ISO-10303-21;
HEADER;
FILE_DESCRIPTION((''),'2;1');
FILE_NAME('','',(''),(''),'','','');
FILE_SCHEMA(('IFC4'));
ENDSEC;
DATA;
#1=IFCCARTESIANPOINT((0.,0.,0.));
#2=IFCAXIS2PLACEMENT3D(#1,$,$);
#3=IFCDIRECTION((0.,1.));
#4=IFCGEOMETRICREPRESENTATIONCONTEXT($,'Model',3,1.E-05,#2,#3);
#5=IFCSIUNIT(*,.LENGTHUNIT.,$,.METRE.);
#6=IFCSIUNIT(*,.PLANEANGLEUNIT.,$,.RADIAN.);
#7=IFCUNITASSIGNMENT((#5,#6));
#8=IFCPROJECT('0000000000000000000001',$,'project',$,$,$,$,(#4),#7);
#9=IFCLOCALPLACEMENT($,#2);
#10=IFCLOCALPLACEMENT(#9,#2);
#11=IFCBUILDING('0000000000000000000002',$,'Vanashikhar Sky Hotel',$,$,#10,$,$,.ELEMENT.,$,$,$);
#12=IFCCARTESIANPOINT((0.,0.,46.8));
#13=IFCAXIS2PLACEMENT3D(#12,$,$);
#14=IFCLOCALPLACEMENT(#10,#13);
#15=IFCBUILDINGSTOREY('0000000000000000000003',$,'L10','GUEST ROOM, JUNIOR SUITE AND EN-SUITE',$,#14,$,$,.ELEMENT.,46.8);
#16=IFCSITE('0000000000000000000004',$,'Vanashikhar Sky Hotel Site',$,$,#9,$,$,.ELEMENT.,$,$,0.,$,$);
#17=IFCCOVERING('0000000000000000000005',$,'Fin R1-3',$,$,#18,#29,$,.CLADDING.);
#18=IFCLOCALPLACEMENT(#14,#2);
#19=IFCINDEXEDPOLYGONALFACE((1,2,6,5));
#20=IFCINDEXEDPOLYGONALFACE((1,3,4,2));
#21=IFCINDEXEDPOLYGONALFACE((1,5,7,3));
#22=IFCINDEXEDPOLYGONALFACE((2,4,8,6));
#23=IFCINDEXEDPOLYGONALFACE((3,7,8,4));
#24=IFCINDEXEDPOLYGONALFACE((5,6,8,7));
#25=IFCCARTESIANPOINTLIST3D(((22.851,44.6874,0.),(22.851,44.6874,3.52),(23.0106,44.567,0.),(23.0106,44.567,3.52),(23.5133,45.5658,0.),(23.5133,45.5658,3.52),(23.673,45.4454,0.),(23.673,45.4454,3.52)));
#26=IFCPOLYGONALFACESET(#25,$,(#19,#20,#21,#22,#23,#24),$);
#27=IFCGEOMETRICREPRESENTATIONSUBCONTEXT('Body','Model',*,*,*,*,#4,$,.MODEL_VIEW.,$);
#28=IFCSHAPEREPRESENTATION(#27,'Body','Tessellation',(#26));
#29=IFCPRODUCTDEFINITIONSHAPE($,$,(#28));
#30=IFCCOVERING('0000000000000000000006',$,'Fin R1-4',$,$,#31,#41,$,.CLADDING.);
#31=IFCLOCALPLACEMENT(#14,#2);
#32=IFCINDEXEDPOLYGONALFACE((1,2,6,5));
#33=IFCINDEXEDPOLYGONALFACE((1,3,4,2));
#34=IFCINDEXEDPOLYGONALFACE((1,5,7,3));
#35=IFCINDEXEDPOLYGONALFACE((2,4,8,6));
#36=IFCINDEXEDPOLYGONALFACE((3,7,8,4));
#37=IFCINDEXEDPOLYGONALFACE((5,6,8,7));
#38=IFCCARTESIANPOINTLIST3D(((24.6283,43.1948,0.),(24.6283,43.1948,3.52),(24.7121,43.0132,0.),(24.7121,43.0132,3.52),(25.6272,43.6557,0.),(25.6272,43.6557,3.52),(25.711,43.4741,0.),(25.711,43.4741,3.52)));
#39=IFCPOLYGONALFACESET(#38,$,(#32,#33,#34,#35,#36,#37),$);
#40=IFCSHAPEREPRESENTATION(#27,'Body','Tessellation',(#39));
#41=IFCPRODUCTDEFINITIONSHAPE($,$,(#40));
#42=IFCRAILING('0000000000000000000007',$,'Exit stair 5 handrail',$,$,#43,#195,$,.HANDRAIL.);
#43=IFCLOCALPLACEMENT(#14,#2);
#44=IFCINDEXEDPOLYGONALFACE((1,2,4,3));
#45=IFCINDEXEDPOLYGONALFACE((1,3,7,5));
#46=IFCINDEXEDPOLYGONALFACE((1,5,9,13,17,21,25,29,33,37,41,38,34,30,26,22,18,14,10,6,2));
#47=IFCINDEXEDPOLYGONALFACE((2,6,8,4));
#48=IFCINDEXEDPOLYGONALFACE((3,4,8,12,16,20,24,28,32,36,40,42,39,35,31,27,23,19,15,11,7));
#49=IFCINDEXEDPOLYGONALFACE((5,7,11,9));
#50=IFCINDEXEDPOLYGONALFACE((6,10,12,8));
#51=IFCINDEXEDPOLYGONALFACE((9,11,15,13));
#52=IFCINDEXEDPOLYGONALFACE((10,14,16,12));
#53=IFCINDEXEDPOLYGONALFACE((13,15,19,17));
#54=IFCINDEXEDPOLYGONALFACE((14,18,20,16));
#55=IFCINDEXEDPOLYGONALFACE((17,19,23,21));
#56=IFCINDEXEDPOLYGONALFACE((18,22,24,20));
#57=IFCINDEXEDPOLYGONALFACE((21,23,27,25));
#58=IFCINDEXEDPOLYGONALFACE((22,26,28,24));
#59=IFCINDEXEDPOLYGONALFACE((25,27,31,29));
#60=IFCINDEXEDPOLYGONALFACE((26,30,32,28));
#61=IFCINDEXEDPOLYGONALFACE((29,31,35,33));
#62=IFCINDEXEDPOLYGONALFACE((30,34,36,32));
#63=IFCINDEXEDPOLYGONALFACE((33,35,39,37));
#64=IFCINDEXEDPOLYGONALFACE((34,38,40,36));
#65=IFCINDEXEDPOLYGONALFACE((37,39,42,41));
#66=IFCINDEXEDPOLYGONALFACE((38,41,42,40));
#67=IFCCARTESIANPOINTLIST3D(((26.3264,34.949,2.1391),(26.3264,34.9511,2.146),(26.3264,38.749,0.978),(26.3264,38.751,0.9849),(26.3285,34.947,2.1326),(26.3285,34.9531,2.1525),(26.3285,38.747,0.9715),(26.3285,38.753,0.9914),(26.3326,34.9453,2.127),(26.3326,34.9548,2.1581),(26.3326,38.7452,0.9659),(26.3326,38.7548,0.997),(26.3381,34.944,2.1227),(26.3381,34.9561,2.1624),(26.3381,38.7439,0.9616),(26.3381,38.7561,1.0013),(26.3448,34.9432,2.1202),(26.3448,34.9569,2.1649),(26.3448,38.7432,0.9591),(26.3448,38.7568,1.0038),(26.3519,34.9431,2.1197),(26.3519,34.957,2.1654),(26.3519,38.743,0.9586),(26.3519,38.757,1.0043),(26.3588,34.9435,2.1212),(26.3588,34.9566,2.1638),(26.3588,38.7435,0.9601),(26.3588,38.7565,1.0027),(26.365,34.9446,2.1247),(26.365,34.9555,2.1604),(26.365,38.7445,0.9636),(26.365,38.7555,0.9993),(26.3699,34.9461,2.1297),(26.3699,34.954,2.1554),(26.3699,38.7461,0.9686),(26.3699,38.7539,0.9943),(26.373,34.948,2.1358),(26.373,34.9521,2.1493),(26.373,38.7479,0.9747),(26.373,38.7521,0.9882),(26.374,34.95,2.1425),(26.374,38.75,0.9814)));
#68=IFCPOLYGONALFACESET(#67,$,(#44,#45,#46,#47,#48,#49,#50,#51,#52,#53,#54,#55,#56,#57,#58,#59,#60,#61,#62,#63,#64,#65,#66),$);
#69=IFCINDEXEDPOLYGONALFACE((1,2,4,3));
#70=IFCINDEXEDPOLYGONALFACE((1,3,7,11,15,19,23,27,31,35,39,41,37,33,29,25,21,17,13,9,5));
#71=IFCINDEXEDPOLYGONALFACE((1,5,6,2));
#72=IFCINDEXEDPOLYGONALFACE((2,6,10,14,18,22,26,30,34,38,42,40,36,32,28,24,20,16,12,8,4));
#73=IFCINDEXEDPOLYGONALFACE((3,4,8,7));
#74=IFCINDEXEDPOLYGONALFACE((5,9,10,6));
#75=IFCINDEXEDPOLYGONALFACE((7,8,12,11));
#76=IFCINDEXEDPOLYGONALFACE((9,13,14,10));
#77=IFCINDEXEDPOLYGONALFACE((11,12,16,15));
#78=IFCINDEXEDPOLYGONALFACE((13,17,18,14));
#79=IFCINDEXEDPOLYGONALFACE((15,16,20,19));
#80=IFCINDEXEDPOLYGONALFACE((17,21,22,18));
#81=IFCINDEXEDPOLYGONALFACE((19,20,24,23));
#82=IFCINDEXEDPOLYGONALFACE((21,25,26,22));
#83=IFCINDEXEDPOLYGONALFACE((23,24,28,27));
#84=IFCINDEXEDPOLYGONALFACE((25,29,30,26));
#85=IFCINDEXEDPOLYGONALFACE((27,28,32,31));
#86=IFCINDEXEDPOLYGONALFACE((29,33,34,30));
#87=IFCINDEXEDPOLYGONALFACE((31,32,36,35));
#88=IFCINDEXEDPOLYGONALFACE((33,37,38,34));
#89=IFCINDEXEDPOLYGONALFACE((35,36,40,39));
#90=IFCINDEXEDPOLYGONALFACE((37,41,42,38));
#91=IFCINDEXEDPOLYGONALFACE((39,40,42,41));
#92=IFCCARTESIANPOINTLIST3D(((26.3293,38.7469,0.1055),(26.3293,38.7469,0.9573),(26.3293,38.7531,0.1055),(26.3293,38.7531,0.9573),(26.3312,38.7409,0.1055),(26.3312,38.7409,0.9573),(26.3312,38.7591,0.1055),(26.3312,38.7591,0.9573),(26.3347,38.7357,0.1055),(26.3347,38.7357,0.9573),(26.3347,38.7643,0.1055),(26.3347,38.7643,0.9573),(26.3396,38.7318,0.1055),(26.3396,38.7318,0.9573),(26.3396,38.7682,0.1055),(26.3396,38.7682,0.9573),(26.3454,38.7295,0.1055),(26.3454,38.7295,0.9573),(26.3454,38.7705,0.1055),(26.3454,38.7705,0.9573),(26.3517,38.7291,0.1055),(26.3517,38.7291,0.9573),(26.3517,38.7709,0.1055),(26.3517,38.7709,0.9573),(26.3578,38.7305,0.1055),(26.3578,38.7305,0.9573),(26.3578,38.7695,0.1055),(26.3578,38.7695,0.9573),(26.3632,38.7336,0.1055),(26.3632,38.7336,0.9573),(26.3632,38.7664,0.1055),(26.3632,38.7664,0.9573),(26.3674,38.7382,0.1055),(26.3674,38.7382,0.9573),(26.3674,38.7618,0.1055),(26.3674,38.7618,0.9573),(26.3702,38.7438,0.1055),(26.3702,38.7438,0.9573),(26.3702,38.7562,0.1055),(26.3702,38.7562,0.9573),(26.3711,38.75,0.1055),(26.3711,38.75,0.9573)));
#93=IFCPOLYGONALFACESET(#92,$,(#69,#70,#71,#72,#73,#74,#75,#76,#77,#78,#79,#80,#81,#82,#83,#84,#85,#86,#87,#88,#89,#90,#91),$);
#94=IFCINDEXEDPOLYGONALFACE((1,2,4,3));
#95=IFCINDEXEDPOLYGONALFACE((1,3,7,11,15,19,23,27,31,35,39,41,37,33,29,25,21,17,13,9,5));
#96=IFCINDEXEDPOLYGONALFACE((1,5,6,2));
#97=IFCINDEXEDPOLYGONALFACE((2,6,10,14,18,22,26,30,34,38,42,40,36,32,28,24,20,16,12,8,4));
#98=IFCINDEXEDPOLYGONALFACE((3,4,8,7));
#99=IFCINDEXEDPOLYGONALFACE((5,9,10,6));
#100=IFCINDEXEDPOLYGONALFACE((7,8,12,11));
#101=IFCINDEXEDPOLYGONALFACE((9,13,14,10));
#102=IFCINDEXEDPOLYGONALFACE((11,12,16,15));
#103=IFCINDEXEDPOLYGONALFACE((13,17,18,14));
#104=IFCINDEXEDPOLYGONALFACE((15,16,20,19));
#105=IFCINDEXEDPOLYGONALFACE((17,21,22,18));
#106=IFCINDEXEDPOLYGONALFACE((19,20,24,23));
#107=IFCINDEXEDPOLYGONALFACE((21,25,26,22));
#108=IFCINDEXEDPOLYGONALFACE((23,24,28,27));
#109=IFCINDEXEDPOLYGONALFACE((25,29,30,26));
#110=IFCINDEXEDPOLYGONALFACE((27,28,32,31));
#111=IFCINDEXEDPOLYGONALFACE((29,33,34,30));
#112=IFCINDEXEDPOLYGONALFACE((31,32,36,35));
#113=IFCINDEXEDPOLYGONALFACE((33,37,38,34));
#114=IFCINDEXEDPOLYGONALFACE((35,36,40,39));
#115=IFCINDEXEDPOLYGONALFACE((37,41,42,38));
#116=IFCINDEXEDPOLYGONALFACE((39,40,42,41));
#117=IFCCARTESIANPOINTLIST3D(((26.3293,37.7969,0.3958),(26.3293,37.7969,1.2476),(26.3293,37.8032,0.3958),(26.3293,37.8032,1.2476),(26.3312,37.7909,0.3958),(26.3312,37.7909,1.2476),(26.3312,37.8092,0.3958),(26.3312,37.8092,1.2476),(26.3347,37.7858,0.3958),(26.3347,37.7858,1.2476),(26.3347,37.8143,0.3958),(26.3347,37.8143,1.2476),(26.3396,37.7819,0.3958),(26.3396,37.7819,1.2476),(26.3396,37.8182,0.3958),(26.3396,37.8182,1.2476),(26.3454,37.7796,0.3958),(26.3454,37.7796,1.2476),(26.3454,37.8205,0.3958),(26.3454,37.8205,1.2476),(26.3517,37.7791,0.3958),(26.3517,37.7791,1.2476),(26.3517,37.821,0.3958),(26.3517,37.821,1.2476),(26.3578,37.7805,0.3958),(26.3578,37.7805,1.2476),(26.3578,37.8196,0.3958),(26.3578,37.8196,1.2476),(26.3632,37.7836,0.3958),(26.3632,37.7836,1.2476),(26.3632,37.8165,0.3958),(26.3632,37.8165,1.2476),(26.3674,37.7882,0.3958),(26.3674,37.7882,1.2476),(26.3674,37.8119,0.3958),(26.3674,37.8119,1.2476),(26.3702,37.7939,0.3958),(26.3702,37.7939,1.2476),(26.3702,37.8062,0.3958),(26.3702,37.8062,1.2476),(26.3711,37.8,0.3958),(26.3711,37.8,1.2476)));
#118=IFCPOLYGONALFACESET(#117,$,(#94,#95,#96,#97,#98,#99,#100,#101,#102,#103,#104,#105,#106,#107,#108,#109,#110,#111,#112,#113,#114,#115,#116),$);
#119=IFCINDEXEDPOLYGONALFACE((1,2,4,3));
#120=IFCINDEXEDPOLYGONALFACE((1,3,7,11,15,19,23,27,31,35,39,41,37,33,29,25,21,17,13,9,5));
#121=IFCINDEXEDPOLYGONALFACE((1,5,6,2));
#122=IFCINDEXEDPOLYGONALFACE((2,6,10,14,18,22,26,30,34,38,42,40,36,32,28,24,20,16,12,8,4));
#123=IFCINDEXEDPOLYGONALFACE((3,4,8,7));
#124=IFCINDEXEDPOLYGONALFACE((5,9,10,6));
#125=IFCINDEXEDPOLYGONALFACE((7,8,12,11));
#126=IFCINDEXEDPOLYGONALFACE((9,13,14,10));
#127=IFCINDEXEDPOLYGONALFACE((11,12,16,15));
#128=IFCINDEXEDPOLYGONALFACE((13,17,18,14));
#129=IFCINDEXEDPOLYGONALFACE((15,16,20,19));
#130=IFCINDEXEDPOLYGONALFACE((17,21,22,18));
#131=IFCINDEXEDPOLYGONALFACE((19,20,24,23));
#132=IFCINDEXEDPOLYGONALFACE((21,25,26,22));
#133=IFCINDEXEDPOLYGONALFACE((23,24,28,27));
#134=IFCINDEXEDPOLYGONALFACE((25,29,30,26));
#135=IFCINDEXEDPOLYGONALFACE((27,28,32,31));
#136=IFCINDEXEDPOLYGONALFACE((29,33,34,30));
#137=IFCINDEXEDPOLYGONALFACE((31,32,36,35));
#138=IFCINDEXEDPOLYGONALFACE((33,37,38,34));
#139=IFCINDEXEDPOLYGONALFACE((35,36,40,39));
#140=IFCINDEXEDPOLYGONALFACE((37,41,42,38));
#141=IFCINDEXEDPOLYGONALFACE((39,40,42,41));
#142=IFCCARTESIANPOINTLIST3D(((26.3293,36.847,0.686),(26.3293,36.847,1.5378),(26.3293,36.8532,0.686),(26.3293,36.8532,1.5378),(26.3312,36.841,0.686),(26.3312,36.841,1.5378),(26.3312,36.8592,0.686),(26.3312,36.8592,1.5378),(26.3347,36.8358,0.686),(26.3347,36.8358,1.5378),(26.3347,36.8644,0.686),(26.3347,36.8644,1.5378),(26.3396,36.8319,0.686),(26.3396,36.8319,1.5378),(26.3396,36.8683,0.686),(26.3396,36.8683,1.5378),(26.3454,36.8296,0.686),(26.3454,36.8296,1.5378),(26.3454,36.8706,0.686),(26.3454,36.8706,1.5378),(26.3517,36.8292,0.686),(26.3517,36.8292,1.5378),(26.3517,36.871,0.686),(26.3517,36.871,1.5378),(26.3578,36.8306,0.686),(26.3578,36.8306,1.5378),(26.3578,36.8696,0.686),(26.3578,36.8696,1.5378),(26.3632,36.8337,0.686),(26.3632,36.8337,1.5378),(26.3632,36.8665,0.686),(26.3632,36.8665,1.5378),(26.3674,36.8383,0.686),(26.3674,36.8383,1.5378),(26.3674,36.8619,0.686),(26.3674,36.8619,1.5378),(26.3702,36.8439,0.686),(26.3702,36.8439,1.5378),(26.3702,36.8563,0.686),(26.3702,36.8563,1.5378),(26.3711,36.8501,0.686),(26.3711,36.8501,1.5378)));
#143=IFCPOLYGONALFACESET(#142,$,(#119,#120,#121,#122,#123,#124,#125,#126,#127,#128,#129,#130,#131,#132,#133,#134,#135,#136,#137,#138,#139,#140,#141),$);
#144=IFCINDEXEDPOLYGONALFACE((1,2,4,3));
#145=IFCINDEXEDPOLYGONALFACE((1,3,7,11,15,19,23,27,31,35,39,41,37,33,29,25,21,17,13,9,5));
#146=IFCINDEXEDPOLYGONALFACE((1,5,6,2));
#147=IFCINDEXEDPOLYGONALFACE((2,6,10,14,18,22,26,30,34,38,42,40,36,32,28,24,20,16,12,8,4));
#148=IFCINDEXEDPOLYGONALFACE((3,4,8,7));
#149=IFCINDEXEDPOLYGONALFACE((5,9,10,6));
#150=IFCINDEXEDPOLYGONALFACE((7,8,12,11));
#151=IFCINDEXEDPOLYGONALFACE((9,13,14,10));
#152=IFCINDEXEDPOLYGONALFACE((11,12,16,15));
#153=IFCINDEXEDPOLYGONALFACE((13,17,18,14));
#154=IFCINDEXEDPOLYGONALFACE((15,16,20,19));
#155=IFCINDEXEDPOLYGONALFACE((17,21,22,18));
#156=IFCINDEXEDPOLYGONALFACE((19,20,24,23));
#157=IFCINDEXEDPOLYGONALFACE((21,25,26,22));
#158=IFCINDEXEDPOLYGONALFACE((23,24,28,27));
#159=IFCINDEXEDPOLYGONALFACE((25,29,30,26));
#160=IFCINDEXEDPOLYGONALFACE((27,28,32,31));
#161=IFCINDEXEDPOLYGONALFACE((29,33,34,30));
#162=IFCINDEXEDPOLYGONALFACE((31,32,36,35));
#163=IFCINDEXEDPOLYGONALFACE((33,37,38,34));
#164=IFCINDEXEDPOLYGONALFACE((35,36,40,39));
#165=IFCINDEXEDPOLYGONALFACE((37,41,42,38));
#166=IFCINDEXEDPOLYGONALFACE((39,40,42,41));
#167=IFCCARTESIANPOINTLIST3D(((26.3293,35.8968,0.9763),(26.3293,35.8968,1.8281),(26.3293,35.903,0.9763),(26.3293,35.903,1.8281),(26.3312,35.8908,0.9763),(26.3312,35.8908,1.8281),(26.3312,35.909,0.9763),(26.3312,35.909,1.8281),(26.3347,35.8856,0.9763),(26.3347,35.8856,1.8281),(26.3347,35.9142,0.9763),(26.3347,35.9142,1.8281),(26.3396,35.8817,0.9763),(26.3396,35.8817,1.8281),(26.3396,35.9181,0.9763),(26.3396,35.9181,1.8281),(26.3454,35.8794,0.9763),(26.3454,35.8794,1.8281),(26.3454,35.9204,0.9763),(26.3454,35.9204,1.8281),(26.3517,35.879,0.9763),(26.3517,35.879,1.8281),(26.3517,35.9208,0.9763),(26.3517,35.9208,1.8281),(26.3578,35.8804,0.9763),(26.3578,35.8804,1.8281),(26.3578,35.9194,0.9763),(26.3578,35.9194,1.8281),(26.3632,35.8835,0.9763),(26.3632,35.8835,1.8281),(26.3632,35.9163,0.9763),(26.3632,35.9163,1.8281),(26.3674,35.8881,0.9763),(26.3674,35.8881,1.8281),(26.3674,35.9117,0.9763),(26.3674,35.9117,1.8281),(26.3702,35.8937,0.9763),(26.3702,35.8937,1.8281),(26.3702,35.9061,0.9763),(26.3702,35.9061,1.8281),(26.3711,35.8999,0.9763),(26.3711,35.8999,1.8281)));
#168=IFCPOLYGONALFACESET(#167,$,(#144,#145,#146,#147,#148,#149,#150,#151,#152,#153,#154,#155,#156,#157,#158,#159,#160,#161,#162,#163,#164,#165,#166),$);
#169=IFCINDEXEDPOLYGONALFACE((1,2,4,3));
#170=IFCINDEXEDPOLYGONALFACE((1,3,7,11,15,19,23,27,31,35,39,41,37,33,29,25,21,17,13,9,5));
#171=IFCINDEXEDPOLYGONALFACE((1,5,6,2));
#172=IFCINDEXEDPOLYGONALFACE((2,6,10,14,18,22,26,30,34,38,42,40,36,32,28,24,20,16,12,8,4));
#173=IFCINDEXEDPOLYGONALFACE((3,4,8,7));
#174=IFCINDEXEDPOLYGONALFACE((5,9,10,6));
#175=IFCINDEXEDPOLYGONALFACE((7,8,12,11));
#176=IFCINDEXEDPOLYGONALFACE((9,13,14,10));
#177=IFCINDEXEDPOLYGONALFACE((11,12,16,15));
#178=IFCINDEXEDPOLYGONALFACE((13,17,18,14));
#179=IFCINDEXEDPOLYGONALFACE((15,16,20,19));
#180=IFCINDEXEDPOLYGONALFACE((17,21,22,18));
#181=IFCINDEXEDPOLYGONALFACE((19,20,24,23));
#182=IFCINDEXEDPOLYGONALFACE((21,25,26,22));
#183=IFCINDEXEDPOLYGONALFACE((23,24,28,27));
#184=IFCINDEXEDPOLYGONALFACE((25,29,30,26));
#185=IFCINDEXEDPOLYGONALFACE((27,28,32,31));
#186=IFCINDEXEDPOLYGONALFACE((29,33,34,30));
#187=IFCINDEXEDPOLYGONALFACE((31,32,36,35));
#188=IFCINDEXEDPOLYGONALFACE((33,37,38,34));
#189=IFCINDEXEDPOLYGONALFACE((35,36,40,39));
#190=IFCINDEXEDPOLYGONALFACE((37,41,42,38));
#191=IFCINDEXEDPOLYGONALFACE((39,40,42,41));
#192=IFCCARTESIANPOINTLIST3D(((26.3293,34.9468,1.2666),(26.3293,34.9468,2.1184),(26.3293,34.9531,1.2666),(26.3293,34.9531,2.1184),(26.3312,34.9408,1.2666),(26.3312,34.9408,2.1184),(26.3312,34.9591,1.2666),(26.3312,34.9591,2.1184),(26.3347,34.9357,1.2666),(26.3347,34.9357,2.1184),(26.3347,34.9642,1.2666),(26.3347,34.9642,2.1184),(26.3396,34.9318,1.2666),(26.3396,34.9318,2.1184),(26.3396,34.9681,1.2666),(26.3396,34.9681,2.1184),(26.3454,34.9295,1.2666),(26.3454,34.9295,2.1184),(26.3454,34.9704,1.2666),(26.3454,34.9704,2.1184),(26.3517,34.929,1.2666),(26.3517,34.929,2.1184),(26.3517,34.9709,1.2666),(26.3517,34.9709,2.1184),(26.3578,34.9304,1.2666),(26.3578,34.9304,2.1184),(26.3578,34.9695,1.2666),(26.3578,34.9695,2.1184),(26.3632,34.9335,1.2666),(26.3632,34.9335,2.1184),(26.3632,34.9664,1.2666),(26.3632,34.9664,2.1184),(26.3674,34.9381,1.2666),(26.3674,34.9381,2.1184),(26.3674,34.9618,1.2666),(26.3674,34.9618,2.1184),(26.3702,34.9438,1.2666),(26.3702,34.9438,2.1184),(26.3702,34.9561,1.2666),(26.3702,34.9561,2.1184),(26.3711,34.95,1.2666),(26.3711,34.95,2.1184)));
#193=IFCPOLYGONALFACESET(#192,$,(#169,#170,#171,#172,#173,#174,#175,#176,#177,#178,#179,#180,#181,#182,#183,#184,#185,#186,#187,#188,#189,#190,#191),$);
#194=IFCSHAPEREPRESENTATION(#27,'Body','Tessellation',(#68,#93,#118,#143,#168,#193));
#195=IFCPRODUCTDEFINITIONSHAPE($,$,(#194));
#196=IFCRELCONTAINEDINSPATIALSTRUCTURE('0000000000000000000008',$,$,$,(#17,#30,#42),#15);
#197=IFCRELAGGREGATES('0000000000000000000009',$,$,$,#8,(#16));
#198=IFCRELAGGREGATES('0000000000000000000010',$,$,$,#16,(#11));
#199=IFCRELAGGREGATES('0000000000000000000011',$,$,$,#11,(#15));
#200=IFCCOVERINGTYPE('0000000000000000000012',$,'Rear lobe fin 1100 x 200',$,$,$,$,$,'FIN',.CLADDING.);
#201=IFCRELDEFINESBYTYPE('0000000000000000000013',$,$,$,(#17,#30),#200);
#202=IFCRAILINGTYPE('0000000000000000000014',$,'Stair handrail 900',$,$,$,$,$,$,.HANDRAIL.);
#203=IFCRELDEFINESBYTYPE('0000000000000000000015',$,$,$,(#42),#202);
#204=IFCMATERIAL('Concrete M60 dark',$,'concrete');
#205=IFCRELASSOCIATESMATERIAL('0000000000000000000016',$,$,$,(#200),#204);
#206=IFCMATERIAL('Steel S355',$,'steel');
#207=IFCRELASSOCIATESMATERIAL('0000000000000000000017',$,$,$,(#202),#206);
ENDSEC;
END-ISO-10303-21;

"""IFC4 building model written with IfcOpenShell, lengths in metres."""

from ifc_helpers import new_model, si_unit, direction, frame, origin, origin_2d, place, context, subcontext, project, spatial, rectangle, circle, extrude, source, transform, mapped, material, material_profile, profile_set, type_object, element, save


model = new_model("IFC4")

# Units and contexts
model_context = context("Model", 3, precision=1e-05, world=origin(), true_north=direction((0.0, 1.0)))
body_context = subcontext(model_context, "Body", "Model", "MODEL_VIEW")
ifc_project = project(units=[si_unit("LENGTHUNIT", "METRE"), si_unit("PLANEANGLEUNIT", "RADIAN")], contexts=[model_context])

# Site, building, storey
site_placement = place(None, origin())
site = spatial("IfcSite", under=ifc_project, at=site_placement, Name="Vanashikhar Sky Hotel Site", CompositionType="ELEMENT", RefElevation=0.0)
building_placement = place(site_placement, origin())
building = spatial("IfcBuilding", under=site, at=building_placement, Name="Vanashikhar Sky Hotel", CompositionType="ELEMENT")
storey_placement = place(building_placement, frame((0.0, 0.0, 46.8)))
storey = spatial("IfcBuildingStorey", under=building, at=storey_placement, Name="L10", Description="GUEST ROOM, JUNIOR SUITE AND EN-SUITE", CompositionType="ELEMENT", Elevation=46.8)

# Coverings
ifc_material_1 = material(Name="Concrete M60 dark", Category="concrete")
ifc_material_profile = material_profile(ifc_material_1, rectangle(XDim=1.1001, YDim=0.2, at=origin_2d()))
ifc_profile_set = profile_set([ifc_material_profile], Name="Rear lobe fin 1100 x 200")
covering_type = type_object("IfcCoveringType", Name="Rear lobe fin 1100 x 200", ElementType="FIN", PredefinedType="CLADDING", material=ifc_profile_set)
shared_shape_1 = source(origin(), body_context, "Body", "SweptSolid", [
    extrude(rectangle(XDim=1.1001, YDim=0.2, at=origin_2d()), origin(), (0.0, 0.0, 1.0), 3.52),
])
for number, where, z_axis, x_axis, name in (
    (1, (23.262, 45.0664, 0.0), (0.0, 0.0, 1.0), (0.602066, 0.798446, 0.0), "Fin R1-3"),
    (2, (25.1697, 43.3345, 0.0), (0.0, 0.0, 1.0), (0.908004, 0.418961, 0.0), "Fin R1-4"),
):
    element("IfcCovering", number, at=place(storey_placement, frame(where, z_axis=z_axis, x_axis=x_axis)), inside=storey, type_object=covering_type, Name=name, PredefinedType="CLADDING", context=body_context, shape_type="MappedRepresentation", body=[
        mapped(shared_shape_1, transform((0.0, 0.0, 0.0), scale=1.0)),
    ])

# Railing
ifc_material_2 = material(Name="Steel S355", Category="steel")
railing_type = type_object("IfcRailingType", Name="Stair handrail 900", PredefinedType="HANDRAIL", material=ifc_material_2)
shared_shape_2 = source(origin(), body_context, "Body", "SweptSolid", [
    extrude(circle(Radius=0.0239, at=origin_2d()), frame((0.0, 0.0, 0.876), z_axis=(0.0, -0.956351, 0.29222), x_axis=(1.0, 0.0, 0.0)), (0.0, 0.0, 1.0), 3.9734),
    extrude(circle(Radius=0.021, at=origin_2d()), origin(), (0.0, 0.0, 1.0), 0.8518),
    extrude(circle(Radius=0.021, at=origin_2d()), frame((0.0, -0.95, 0.2903)), (0.0, 0.0, 1.0), 0.8518),
    extrude(circle(Radius=0.021, at=origin_2d()), frame((0.0, -1.8999, 0.5806)), (0.0, 0.0, 1.0), 0.8518),
    extrude(circle(Radius=0.021, at=origin_2d()), frame((0.0, -2.8501, 0.8708)), (0.0, 0.0, 1.0), 0.8518),
    extrude(circle(Radius=0.021, at=origin_2d()), frame((0.0, -3.8, 1.1611)), (0.0, 0.0, 1.0), 0.8518),
])
for number, where, name in (
    (3, (26.3501, 38.75, 0.1055), "Exit stair 5 handrail"),
):
    element("IfcRailing", number, at=place(storey_placement, frame(where)), inside=storey, type_object=railing_type, Name=name, PredefinedType="HANDRAIL", context=body_context, shape_type="MappedRepresentation", body=[
        mapped(shared_shape_2, transform((0.0, 0.0, 0.0), scale=1.0)),
    ])

save(model, "model.ifc")
